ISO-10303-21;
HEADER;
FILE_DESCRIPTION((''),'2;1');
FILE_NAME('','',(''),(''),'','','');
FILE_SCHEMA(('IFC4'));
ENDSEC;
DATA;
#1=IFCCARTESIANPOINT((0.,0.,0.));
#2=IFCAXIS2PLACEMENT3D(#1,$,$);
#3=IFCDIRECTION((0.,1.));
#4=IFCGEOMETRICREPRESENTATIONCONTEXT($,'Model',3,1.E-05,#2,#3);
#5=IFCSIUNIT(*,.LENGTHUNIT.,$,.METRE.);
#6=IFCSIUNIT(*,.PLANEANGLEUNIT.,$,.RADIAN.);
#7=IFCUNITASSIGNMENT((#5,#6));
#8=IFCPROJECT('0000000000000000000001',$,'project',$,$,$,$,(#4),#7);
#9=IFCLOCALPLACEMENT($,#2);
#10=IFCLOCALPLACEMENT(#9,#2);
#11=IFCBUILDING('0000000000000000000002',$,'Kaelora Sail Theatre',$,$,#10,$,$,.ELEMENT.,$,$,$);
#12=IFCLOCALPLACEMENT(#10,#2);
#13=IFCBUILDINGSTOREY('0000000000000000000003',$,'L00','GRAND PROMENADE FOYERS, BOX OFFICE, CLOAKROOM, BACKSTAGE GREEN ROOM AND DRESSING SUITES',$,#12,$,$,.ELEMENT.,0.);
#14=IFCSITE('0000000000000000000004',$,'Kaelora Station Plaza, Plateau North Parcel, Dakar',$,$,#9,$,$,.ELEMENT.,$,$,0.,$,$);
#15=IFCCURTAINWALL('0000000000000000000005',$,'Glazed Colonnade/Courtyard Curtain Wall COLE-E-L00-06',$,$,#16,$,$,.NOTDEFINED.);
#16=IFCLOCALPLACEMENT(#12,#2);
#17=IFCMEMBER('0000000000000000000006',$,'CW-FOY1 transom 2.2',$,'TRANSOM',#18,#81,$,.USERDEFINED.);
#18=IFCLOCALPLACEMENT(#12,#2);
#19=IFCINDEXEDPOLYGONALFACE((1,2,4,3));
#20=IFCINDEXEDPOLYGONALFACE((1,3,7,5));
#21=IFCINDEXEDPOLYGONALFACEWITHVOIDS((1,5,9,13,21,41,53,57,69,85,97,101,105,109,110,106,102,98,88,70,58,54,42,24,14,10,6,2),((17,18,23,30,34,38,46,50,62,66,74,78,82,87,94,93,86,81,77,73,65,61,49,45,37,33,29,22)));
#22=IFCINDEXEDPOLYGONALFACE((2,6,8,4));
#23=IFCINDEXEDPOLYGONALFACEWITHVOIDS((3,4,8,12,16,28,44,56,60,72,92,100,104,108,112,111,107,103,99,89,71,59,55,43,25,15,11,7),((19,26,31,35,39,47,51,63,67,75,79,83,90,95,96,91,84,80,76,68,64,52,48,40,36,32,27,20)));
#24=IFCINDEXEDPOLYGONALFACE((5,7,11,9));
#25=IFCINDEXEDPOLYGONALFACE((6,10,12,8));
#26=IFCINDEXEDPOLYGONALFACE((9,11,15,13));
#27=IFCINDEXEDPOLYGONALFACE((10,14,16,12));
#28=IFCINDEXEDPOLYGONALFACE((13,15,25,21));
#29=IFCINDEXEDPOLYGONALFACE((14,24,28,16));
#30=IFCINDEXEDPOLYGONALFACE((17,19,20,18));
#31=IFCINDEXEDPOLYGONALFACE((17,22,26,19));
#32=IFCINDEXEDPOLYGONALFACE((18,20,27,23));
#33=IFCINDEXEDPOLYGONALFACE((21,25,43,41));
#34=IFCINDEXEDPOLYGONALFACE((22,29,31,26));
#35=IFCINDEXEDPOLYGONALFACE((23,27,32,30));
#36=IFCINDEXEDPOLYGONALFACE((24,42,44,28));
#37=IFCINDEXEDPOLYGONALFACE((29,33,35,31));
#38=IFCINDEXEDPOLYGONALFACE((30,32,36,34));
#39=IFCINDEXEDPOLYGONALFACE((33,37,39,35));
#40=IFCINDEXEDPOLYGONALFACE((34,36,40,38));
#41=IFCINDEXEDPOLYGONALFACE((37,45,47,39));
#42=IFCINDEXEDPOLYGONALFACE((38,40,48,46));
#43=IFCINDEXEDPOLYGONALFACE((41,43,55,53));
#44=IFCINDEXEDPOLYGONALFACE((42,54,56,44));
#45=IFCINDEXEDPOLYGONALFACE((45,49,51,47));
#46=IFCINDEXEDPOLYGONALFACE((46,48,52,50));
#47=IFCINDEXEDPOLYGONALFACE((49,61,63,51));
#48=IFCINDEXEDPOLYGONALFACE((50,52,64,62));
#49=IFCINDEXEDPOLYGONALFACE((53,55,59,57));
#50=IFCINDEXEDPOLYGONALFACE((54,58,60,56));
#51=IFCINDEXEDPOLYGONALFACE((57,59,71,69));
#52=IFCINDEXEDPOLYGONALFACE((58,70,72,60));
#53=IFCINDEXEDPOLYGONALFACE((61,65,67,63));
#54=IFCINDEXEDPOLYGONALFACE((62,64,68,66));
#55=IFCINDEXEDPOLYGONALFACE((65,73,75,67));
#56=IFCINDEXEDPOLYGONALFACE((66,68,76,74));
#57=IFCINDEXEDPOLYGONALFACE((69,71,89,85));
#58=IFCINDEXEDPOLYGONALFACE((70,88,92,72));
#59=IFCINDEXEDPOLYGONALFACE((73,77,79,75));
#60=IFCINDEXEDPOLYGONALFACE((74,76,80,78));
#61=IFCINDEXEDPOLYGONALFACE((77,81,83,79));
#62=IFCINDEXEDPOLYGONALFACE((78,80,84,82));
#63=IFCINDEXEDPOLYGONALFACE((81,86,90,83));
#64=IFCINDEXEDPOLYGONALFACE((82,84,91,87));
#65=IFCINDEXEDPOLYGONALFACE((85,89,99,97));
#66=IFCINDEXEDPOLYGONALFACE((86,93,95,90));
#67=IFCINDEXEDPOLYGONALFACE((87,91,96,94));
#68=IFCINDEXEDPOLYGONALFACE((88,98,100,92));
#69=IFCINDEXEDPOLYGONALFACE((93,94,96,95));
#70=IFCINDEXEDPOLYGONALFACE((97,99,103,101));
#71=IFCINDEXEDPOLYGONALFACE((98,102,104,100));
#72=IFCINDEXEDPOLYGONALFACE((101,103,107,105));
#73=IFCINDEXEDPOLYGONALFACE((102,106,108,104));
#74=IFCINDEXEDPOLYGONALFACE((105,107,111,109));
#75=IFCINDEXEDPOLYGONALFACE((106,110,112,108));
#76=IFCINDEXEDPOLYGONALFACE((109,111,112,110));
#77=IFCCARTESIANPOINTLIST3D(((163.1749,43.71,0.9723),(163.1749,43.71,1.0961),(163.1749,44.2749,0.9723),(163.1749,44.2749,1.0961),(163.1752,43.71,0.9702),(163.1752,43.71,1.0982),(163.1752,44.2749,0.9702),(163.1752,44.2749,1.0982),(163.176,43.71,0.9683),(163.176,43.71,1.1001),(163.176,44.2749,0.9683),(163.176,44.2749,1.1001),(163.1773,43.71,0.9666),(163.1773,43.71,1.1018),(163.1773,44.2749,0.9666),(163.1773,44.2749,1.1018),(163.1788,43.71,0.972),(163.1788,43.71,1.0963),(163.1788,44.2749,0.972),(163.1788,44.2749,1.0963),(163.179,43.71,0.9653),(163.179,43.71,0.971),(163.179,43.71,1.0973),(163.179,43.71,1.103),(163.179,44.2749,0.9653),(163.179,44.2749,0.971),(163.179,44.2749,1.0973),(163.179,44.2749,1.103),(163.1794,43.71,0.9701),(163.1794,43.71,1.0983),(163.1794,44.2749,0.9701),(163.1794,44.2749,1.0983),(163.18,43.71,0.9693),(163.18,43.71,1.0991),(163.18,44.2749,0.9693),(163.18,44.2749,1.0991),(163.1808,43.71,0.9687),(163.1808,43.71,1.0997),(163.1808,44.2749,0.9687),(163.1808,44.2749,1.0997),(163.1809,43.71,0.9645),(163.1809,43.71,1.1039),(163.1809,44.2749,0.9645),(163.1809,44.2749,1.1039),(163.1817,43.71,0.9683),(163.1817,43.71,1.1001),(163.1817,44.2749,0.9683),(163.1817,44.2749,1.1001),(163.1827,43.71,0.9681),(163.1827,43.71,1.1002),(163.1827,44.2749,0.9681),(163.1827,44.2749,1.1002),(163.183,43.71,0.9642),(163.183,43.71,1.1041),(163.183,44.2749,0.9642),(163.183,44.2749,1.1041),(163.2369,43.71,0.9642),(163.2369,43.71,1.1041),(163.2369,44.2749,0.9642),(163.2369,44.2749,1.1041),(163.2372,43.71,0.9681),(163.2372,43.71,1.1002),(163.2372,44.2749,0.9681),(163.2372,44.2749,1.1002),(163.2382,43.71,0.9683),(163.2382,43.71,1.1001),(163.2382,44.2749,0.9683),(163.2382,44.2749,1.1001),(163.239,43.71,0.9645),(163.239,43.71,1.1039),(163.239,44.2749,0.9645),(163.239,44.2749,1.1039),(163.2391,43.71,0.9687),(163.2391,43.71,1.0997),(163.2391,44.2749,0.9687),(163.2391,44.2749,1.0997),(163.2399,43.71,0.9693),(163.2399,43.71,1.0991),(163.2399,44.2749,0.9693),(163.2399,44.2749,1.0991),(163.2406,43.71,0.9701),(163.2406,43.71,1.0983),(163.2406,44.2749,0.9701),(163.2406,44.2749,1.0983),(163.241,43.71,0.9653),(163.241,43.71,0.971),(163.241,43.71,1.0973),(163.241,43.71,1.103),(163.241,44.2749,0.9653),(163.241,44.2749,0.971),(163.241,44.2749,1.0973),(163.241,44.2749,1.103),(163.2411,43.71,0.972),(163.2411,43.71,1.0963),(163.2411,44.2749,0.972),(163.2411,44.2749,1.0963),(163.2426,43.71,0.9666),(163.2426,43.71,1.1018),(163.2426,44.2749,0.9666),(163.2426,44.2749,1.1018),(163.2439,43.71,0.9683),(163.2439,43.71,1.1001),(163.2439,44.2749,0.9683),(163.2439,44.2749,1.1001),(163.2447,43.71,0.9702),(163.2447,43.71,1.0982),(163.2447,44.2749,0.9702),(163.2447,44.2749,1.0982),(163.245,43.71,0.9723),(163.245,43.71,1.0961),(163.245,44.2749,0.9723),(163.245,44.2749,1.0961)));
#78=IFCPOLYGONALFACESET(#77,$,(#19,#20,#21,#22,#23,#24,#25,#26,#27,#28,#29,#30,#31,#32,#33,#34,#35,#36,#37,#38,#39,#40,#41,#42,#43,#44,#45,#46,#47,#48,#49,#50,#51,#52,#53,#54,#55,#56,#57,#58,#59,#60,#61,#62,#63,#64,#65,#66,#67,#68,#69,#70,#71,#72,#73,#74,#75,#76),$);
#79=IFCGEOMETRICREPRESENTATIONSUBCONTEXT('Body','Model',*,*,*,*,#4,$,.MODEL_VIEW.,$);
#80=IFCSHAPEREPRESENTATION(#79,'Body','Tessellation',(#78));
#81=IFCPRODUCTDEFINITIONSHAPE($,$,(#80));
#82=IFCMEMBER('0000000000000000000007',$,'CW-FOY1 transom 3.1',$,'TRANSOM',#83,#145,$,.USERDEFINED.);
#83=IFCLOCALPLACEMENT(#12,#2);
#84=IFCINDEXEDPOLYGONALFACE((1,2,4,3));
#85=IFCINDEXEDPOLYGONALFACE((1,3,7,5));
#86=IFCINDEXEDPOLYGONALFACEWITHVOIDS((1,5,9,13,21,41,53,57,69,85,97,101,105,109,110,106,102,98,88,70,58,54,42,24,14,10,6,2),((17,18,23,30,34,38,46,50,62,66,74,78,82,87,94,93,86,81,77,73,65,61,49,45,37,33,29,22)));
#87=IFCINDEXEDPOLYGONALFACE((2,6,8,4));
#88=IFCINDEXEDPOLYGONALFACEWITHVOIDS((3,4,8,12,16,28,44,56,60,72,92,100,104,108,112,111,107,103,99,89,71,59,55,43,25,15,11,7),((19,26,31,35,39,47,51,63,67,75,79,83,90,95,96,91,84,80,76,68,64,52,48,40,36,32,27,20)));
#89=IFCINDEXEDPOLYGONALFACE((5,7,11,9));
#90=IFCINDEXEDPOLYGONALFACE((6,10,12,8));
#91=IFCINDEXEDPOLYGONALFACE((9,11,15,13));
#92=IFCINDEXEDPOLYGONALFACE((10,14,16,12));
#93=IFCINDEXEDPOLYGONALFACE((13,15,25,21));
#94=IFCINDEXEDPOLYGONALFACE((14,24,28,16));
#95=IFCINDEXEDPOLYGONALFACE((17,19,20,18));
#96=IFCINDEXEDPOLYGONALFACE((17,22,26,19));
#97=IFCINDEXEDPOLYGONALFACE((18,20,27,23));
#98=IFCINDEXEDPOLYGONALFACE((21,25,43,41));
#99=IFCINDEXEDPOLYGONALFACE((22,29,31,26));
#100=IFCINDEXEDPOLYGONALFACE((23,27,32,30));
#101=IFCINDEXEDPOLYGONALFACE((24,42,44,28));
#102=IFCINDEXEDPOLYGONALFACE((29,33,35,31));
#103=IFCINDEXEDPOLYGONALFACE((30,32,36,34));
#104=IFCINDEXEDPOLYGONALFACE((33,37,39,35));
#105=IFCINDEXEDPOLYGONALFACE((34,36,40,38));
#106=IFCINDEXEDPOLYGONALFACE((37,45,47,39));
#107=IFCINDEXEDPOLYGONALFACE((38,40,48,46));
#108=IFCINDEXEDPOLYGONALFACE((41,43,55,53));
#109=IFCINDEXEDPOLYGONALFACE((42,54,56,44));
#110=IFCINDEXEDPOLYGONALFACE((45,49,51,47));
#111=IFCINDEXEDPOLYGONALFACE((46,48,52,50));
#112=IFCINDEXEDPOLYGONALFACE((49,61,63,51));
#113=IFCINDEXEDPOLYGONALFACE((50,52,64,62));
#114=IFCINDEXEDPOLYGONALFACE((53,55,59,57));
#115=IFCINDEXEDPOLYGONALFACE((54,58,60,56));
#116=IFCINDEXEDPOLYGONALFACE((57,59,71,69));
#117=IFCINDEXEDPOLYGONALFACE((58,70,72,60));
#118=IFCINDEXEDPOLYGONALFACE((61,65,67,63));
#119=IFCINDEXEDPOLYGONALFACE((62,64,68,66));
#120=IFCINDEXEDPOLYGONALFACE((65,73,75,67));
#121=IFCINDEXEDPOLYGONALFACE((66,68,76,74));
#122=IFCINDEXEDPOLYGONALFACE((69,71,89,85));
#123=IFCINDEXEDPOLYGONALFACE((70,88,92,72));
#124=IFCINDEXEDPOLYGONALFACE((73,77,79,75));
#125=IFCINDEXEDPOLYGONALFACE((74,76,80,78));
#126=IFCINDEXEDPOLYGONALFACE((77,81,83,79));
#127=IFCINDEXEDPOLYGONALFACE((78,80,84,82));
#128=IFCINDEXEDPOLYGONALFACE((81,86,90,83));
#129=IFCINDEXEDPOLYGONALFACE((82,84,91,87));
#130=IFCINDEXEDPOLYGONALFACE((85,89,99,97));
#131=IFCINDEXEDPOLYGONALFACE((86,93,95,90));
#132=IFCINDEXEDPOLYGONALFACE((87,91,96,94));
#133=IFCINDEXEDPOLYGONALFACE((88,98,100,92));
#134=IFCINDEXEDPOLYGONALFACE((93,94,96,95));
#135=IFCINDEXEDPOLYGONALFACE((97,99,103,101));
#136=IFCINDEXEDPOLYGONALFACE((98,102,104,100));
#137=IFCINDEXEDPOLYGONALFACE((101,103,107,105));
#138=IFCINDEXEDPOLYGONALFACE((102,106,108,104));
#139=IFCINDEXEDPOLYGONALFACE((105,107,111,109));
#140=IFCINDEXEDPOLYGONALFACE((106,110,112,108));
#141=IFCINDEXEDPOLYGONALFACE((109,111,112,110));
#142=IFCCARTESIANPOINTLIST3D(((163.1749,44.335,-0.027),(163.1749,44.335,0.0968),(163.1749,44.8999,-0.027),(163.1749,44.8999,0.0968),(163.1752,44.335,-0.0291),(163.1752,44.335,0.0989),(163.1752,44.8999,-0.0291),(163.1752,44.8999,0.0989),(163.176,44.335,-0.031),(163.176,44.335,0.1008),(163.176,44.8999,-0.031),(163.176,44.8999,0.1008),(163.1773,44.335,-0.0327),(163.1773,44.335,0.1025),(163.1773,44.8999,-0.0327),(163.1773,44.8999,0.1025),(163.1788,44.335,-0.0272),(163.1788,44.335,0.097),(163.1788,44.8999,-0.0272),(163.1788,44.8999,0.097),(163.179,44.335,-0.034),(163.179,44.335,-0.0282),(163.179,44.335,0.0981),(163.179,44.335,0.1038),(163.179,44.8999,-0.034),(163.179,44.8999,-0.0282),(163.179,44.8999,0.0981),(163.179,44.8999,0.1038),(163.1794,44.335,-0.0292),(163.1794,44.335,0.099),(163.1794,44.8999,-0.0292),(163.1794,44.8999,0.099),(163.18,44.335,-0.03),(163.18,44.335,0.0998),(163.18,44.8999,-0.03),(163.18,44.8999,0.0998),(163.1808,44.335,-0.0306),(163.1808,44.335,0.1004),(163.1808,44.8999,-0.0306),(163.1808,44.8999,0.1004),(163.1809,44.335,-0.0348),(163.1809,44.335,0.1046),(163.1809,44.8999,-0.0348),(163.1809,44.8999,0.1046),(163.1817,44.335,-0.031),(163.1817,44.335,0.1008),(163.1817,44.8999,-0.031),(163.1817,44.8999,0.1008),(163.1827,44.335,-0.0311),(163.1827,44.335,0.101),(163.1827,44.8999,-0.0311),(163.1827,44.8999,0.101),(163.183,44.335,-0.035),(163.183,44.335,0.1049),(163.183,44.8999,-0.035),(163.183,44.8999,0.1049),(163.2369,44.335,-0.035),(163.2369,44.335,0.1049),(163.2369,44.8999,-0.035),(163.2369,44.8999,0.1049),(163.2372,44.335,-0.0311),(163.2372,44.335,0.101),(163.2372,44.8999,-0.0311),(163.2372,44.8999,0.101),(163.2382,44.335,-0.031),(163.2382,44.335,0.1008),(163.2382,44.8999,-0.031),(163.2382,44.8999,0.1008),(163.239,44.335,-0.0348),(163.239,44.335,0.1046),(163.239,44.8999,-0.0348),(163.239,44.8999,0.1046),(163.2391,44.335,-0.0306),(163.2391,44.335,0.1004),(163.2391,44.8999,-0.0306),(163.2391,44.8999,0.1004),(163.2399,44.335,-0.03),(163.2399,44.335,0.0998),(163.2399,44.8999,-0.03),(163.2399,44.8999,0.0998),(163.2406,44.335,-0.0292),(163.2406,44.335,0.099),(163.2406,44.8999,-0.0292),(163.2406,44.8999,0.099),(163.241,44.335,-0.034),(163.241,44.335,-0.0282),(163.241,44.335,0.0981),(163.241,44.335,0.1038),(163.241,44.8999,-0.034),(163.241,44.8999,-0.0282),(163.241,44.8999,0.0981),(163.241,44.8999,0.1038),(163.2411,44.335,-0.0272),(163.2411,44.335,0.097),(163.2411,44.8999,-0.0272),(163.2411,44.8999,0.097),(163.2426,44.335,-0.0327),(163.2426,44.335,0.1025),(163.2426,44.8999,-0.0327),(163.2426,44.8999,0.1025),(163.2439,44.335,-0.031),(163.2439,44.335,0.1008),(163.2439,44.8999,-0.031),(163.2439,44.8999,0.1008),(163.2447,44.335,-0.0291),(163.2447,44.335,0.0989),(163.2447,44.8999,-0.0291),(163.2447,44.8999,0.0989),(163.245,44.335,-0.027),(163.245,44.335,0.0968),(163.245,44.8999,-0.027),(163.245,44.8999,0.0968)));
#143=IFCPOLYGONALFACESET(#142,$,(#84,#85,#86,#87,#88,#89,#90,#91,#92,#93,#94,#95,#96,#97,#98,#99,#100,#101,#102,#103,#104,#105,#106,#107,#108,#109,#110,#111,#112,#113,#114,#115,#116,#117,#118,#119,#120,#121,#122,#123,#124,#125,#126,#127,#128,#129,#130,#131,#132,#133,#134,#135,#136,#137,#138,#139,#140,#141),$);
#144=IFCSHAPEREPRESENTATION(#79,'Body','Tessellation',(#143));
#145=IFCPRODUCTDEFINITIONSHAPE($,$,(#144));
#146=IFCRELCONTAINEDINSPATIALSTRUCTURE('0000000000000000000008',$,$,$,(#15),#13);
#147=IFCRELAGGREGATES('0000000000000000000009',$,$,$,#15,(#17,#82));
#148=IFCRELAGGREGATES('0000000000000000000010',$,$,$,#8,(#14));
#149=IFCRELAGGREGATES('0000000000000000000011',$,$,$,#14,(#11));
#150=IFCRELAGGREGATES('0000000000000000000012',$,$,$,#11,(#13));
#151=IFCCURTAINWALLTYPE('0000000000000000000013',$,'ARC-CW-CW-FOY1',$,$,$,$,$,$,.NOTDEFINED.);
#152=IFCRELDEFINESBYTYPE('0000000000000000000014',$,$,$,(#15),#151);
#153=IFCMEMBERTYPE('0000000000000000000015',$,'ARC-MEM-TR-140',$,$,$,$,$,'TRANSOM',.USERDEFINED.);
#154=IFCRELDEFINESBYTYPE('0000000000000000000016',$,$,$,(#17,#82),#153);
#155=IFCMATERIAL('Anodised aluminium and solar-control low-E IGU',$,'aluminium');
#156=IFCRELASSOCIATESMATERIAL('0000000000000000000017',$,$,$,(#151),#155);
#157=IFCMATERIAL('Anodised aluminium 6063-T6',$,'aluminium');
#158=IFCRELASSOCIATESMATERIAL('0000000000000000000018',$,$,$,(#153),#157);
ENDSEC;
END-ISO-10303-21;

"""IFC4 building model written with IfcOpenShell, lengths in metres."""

from ifc_helpers import new_model, si_unit, direction, frame, origin, origin_2d, place, context, subcontext, project, spatial, hollow_rectangle, extrude, material, material_profile, profile_set, type_object, element, aggregate, save


model = new_model("IFC4")

# Units and contexts
model_context = context("Model", 3, precision=1e-05, world=origin(), true_north=direction((0.0, 1.0)))
body_context = subcontext(model_context, "Body", "Model", "MODEL_VIEW")
ifc_project = project(units=[si_unit("LENGTHUNIT", "METRE"), si_unit("PLANEANGLEUNIT", "RADIAN")], contexts=[model_context])

# Site, building, storey
site_placement = place(None, origin())
site = spatial("IfcSite", under=ifc_project, at=site_placement, Name="Kaelora Station Plaza, Plateau North Parcel, Dakar", CompositionType="ELEMENT", RefElevation=0.0)
building_placement = place(site_placement, origin())
building = spatial("IfcBuilding", under=site, at=building_placement, Name="Kaelora Sail Theatre", CompositionType="ELEMENT")
storey_placement = place(building_placement, origin())
storey = spatial("IfcBuildingStorey", under=building, at=storey_placement, Name="L00", Description="GRAND PROMENADE FOYERS, BOX OFFICE, CLOAKROOM, BACKSTAGE GREEN ROOM AND DRESSING SUITES", CompositionType="ELEMENT", Elevation=0.0)

# Curtain wall
ifc_material_1 = material(Name="Anodised aluminium and solar-control low-E IGU", Category="aluminium")
curtain_wall_type = type_object("IfcCurtainWallType", Name="ARC-CW-CW-FOY1", PredefinedType="NOTDEFINED", material=ifc_material_1)
curtain_wall_1_placement = place(storey_placement, origin())
curtain_wall_1 = element("IfcCurtainWall", 1, at=curtain_wall_1_placement, inside=storey, type_object=curtain_wall_type, Name="Glazed Colonnade/Courtyard Curtain Wall COLE-E-L00-06", PredefinedType="NOTDEFINED")

# Members
ifc_material_2 = material(Name="Anodised aluminium 6063-T6", Category="aluminium")
ifc_material_profile_1 = material_profile(ifc_material_2, hollow_rectangle(XDim=0.0701, YDim=0.1399, WallThickness=0.0039, InnerFilletRadius=0.0039, OuterFilletRadius=0.0081, at=origin_2d()), Name="ALU-TRAN 70x140x4")
ifc_profile_set_1 = profile_set([ifc_material_profile_1], Name="Anodised aluminium 6063-T6")
member_type_1 = type_object("IfcMemberType", Name="ARC-MEM-TR-140", ElementType="TRANSOM", PredefinedType="USERDEFINED", material=ifc_profile_set_1)
member_1_placement = place(storey_placement, frame((163.21, 43.71, 1.0342), z_axis=(0.0, 1.0, 0.0), x_axis=(-1.0, 0.0, 0.0)))
member_1 = element("IfcMember", 2, at=member_1_placement, type_object=member_type_1, Name="CW-FOY1 transom 2.2", ObjectType="TRANSOM", PredefinedType="USERDEFINED", context=body_context, shape_type="SweptSolid", body=[
    extrude(hollow_rectangle(XDim=0.0701, YDim=0.1399, WallThickness=0.0039, InnerFilletRadius=0.0039, OuterFilletRadius=0.0081, at=origin_2d()), origin(), (0.0, 0.0, 1.0), 0.5649),
])
member_2_placement = place(storey_placement, frame((163.21, 44.335, 0.0349), z_axis=(0.0, 1.0, 0.0), x_axis=(-1.0, 0.0, 0.0)))
member_2 = element("IfcMember", 3, at=member_2_placement, type_object=member_type_1, Name="CW-FOY1 transom 3.1", ObjectType="TRANSOM", PredefinedType="USERDEFINED", context=body_context, shape_type="SweptSolid", body=[
    extrude(hollow_rectangle(XDim=0.0701, YDim=0.1399, WallThickness=0.0039, InnerFilletRadius=0.0039, OuterFilletRadius=0.0081, at=origin_2d()), origin(), (0.0, 0.0, 1.0), 0.5649),
])

aggregate(curtain_wall_1, [member_1, member_2])

save(model, "model.ifc")
